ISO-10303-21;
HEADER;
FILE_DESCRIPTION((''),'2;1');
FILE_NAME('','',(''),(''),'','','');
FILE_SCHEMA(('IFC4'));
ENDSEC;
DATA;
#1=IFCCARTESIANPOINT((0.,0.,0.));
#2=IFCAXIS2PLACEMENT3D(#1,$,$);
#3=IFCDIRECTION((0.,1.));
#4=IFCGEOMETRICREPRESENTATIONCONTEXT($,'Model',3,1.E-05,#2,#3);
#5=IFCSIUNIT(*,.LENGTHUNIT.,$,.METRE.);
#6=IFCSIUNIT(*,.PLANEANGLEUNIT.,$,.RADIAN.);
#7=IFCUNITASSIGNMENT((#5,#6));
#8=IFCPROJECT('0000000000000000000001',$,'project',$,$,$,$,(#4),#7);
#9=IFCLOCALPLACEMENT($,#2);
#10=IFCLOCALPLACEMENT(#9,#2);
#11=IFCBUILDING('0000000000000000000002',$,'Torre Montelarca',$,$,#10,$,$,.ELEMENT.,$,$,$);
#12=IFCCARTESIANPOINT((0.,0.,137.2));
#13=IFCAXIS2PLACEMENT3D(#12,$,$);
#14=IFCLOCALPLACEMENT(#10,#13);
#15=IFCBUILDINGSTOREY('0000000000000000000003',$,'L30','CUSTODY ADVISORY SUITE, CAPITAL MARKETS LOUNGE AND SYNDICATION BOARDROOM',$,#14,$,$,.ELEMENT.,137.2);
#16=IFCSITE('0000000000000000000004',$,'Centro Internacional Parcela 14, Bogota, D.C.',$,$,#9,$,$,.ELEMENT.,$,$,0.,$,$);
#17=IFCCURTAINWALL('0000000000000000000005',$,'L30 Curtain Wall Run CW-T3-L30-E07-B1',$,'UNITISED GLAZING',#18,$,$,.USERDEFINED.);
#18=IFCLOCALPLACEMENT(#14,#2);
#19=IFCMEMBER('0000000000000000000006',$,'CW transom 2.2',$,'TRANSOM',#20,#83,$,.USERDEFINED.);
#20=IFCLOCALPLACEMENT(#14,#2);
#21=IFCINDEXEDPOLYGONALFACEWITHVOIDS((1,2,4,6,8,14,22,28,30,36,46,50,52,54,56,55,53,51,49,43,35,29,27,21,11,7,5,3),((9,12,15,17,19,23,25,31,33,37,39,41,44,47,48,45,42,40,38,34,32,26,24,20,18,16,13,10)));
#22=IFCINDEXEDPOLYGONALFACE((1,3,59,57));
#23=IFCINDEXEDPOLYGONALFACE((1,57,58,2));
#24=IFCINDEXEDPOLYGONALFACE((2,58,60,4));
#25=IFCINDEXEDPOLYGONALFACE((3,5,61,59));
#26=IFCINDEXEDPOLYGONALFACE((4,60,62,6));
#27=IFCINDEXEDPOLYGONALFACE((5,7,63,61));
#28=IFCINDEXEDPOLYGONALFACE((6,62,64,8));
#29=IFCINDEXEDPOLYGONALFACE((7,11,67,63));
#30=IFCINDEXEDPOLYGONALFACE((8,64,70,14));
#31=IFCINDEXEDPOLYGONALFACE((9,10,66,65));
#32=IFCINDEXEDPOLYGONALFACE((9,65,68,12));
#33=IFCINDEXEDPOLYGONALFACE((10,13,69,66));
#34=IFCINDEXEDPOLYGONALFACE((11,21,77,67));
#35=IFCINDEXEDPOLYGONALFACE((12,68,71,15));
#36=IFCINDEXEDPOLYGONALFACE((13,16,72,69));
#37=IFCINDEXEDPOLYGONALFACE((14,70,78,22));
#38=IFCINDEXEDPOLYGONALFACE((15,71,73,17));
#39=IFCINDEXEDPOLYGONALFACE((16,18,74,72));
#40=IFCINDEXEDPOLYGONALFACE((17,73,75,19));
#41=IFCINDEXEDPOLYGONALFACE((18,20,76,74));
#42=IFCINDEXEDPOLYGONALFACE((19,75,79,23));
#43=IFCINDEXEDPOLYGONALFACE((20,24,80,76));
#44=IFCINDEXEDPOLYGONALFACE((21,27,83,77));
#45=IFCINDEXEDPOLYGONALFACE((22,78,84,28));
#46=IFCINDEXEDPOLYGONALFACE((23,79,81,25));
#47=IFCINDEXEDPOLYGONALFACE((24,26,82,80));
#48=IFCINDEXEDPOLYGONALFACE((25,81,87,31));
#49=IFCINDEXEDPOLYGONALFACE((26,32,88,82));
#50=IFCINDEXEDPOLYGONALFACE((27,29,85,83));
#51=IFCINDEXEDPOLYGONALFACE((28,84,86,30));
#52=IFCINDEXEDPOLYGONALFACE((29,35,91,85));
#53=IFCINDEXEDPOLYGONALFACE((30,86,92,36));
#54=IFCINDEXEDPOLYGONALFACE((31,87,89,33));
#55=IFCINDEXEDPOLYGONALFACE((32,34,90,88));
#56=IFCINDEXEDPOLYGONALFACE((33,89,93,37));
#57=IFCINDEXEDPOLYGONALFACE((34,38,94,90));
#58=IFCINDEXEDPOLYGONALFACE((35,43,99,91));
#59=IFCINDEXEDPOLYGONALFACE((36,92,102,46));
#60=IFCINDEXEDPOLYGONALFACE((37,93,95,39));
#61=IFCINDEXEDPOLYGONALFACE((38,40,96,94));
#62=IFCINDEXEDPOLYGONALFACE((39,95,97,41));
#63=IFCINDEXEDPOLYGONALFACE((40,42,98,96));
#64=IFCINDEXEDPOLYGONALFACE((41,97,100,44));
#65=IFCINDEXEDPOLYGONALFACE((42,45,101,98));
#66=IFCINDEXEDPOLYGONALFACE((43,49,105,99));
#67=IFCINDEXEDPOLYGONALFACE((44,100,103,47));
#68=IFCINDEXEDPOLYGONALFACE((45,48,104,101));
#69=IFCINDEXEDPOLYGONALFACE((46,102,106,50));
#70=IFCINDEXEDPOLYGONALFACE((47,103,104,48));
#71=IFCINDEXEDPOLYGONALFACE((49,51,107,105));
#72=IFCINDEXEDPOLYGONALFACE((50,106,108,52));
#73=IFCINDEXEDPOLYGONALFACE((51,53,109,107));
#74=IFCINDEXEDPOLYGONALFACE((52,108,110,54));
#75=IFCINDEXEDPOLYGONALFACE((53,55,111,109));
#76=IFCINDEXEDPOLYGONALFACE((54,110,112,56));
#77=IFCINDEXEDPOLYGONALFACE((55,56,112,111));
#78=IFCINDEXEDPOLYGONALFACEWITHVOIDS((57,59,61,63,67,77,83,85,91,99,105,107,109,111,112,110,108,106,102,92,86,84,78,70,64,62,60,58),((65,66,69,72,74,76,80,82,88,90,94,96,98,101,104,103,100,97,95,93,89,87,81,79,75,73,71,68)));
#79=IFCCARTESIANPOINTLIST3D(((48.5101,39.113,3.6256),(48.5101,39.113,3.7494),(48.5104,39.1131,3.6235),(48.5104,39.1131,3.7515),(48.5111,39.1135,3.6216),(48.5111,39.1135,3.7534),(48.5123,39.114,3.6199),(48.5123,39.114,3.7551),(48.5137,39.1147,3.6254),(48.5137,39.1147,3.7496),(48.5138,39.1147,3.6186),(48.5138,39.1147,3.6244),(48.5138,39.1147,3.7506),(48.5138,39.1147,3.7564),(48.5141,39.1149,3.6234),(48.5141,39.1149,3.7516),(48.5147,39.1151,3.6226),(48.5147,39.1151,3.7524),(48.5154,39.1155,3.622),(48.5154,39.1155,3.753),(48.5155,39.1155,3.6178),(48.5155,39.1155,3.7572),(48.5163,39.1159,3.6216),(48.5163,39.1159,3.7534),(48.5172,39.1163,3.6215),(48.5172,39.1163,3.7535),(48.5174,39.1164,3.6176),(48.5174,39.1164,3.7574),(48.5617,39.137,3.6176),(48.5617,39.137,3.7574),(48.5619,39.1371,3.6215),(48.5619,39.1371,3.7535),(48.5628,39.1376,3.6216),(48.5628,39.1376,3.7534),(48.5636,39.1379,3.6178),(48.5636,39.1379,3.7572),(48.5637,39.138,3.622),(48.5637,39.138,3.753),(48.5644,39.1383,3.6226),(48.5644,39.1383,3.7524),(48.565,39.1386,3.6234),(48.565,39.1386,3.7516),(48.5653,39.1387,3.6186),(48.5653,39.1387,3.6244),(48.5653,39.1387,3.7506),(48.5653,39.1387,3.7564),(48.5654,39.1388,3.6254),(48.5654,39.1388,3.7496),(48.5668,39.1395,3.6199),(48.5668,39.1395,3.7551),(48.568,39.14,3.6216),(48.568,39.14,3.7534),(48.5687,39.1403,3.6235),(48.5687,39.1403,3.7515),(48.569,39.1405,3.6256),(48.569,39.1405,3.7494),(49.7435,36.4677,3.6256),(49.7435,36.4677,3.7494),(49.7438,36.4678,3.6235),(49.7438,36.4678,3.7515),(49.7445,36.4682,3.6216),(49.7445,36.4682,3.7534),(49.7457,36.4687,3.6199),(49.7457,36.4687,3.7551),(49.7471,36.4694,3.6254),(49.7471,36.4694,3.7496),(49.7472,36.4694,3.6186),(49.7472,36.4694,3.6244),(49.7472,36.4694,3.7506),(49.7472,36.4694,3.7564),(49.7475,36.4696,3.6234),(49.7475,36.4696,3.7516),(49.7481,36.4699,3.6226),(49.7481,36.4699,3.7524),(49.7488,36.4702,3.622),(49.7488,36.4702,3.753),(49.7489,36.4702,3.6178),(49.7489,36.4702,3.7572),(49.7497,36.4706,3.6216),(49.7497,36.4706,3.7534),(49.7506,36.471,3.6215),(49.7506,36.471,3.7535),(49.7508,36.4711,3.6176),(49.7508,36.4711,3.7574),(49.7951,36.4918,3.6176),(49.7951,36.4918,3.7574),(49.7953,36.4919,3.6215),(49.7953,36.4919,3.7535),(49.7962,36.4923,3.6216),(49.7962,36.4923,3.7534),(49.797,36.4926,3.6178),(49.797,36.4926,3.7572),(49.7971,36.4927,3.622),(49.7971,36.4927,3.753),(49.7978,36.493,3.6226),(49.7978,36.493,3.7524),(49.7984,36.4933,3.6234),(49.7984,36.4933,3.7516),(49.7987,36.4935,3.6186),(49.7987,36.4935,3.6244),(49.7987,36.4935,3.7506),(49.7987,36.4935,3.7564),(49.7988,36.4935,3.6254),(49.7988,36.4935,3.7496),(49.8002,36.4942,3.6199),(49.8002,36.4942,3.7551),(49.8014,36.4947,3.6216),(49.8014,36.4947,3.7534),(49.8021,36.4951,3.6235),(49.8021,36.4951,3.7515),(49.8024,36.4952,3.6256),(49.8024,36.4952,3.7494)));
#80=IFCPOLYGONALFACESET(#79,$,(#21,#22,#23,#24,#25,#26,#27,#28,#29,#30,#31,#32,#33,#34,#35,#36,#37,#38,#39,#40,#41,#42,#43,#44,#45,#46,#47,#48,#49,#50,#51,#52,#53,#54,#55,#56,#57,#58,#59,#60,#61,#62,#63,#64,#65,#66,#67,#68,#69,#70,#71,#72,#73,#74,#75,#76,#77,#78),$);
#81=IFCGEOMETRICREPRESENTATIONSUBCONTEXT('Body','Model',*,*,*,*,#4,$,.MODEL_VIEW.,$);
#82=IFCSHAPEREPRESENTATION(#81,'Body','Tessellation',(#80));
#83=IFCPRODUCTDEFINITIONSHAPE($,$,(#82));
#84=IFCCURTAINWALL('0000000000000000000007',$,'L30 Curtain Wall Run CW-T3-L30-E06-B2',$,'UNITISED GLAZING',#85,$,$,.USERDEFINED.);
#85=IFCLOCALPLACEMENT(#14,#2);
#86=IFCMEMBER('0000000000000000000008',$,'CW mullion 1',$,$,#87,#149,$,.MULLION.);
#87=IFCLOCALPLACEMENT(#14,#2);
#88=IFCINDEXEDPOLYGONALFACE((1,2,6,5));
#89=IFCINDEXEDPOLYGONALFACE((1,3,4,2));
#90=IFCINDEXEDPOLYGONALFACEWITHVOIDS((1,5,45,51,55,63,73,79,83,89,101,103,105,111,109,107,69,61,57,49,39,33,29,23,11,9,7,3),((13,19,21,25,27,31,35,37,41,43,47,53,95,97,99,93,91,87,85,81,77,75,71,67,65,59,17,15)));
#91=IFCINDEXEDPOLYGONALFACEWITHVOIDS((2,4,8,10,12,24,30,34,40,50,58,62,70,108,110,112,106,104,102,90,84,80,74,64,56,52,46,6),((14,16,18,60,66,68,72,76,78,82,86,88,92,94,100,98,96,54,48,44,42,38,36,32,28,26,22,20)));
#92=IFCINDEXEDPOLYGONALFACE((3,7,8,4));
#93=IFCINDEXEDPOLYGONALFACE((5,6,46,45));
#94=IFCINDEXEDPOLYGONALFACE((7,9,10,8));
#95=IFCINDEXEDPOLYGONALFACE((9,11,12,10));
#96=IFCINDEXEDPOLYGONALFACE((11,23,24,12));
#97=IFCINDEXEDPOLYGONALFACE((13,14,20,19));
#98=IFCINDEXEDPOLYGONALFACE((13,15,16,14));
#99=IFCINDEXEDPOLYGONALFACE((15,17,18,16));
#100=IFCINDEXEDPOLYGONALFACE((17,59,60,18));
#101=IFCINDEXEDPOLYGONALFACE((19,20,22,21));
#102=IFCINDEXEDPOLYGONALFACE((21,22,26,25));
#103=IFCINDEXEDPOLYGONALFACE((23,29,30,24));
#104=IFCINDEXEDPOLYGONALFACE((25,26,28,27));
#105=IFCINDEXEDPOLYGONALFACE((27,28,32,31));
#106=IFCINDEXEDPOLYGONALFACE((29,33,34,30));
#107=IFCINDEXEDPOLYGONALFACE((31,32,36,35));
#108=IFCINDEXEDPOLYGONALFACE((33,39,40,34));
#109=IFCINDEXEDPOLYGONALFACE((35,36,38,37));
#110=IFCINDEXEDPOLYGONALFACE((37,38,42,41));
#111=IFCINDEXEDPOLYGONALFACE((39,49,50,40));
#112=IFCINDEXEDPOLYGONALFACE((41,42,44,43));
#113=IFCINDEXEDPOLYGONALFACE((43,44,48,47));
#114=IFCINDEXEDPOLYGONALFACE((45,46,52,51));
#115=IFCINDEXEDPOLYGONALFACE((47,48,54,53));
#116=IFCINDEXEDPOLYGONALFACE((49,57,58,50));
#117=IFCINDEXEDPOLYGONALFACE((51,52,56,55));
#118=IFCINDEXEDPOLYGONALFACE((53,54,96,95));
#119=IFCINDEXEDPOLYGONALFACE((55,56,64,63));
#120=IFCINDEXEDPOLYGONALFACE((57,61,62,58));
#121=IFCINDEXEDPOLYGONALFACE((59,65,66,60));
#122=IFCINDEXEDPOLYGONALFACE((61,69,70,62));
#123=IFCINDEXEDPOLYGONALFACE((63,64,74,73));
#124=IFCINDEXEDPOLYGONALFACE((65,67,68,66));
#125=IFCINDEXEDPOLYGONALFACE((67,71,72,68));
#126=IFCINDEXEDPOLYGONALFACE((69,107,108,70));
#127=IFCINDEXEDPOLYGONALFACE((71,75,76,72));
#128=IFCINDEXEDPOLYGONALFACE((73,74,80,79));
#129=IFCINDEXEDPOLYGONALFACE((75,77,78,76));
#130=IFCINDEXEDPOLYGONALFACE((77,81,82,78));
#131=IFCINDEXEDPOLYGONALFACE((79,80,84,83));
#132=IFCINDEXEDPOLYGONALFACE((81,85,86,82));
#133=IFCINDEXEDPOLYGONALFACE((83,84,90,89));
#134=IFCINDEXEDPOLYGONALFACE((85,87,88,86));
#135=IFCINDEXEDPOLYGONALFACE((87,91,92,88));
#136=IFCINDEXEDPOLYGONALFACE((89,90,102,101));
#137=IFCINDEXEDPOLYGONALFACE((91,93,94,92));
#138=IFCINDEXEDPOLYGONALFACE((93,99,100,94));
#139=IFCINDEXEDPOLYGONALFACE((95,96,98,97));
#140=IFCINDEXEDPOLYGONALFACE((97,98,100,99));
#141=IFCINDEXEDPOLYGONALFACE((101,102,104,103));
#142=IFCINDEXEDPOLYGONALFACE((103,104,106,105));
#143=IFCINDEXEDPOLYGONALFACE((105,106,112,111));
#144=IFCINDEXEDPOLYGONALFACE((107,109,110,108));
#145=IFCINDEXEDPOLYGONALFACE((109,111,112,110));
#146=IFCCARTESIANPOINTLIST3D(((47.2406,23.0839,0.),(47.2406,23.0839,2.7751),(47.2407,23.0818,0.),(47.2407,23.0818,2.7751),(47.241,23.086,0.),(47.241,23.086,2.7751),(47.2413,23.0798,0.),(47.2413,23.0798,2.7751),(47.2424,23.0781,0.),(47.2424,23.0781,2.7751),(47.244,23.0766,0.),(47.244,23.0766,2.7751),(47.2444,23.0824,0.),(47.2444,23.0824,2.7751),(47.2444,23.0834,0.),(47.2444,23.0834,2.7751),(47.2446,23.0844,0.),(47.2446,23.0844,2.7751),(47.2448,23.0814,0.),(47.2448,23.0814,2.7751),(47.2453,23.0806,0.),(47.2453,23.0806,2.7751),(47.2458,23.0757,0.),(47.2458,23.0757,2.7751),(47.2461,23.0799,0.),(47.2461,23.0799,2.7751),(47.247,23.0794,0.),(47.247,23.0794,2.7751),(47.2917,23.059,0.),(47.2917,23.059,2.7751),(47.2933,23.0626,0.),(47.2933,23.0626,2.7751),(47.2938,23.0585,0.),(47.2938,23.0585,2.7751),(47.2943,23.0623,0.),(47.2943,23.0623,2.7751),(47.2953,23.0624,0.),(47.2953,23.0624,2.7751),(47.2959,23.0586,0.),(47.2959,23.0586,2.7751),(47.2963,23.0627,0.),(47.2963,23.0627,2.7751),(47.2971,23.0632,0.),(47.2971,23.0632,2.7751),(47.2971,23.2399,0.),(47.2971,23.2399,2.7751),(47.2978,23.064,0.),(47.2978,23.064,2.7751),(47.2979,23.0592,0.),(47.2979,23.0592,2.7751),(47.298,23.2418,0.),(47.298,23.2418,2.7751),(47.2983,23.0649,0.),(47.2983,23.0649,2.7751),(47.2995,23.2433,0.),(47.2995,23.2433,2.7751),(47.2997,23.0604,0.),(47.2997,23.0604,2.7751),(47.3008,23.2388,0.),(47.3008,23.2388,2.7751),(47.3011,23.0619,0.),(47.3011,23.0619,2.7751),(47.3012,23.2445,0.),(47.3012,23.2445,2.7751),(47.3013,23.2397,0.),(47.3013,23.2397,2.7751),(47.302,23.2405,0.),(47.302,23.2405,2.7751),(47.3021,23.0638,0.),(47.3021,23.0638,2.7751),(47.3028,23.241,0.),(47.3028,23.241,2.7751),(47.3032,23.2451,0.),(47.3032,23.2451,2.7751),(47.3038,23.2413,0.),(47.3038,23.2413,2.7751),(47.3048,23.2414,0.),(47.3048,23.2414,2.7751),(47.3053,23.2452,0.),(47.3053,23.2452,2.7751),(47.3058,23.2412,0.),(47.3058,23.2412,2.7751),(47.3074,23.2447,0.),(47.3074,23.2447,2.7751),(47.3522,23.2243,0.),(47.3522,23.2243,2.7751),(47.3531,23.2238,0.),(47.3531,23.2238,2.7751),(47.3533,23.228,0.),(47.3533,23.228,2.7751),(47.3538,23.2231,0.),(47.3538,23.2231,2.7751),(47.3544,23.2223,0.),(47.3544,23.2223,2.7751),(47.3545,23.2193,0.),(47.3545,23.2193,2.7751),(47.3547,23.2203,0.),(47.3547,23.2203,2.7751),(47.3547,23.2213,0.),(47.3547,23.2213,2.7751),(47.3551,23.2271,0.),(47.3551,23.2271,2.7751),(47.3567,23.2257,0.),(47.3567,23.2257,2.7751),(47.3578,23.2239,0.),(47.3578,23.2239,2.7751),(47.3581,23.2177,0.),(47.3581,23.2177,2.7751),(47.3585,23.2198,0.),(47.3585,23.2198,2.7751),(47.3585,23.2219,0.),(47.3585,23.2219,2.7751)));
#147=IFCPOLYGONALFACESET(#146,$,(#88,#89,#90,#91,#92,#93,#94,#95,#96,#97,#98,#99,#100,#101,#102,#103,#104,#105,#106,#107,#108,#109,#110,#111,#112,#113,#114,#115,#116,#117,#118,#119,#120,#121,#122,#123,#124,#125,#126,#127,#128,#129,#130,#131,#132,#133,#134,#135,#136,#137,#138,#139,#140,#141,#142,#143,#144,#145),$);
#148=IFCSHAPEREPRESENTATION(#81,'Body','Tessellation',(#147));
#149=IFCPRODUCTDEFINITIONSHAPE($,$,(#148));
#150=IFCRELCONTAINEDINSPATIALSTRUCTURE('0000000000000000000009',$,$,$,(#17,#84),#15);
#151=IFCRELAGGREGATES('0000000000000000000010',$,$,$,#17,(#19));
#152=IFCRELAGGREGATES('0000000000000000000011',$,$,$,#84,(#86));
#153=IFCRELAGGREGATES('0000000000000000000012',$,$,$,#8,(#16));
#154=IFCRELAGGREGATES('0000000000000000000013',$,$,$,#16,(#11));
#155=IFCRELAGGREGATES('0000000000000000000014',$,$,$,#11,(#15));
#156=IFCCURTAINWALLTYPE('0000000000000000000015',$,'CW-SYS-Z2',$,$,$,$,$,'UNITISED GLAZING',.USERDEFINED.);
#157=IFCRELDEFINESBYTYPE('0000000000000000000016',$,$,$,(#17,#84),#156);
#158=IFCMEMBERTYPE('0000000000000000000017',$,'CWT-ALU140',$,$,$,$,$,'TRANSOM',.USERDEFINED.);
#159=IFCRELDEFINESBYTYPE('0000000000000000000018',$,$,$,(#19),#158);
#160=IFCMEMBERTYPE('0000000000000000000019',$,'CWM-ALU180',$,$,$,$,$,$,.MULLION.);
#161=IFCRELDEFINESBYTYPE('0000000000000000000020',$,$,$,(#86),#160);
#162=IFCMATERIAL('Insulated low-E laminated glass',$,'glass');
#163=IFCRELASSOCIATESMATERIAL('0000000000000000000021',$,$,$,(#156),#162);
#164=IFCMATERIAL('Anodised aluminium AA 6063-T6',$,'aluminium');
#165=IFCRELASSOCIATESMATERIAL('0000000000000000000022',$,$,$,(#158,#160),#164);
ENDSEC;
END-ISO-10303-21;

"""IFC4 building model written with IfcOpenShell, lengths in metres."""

from ifc_helpers import new_model, si_unit, direction, frame, origin, origin_2d, place, context, subcontext, project, spatial, hollow_rectangle, extrude, source, transform, mapped, material, material_profile, profile_set, type_object, element, aggregate, save


model = new_model("IFC4")

# Units and contexts
model_context = context("Model", 3, precision=1e-05, world=origin(), true_north=direction((0.0, 1.0)))
body_context = subcontext(model_context, "Body", "Model", "MODEL_VIEW")
ifc_project = project(units=[si_unit("LENGTHUNIT", "METRE"), si_unit("PLANEANGLEUNIT", "RADIAN")], contexts=[model_context])

# Site, building, storey
site_placement = place(None, origin())
site = spatial("IfcSite", under=ifc_project, at=site_placement, Name="Centro Internacional Parcela 14, Bogota, D.C.", CompositionType="ELEMENT", RefElevation=0.0)
building_placement = place(site_placement, origin())
building = spatial("IfcBuilding", under=site, at=building_placement, Name="Torre Montelarca", CompositionType="ELEMENT")
storey_placement = place(building_placement, frame((0.0, 0.0, 137.2)))
storey = spatial("IfcBuildingStorey", under=building, at=storey_placement, Name="L30", Description="CUSTODY ADVISORY SUITE, CAPITAL MARKETS LOUNGE AND SYNDICATION BOARDROOM", CompositionType="ELEMENT", Elevation=137.2)

# Curtain walls, members
ifc_material_1 = material(Name="Insulated low-E laminated glass", Category="glass")
curtain_wall_type = type_object("IfcCurtainWallType", Name="CW-SYS-Z2", ElementType="UNITISED GLAZING", PredefinedType="USERDEFINED", material=ifc_material_1)
curtain_wall_1_placement = place(storey_placement, origin())
curtain_wall_1 = element("IfcCurtainWall", 1, at=curtain_wall_1_placement, inside=storey, type_object=curtain_wall_type, Name="L30 Curtain Wall Run CW-T3-L30-E07-B1", ObjectType="UNITISED GLAZING", PredefinedType="USERDEFINED")
ifc_material_2 = material(Name="Anodised aluminium AA 6063-T6", Category="aluminium")
ifc_material_profile_1 = material_profile(ifc_material_2, hollow_rectangle(XDim=0.0649, YDim=0.1399, WallThickness=0.0039, InnerFilletRadius=0.0039, OuterFilletRadius=0.0081, at=origin_2d()), Name="ALU65X140X4", Category="aluminium")
ifc_profile_set_1 = profile_set([ifc_material_profile_1], Name="Anodised aluminium AA 6063-T6")
member_type_1 = type_object("IfcMemberType", Name="CWT-ALU140", ElementType="TRANSOM", PredefinedType="USERDEFINED", material=ifc_profile_set_1)
shared_shape_1 = source(origin(), body_context, "Body", "SweptSolid", [
    extrude(hollow_rectangle(XDim=0.0649, YDim=0.1399, WallThickness=0.0039, InnerFilletRadius=0.0039, OuterFilletRadius=0.0081, at=origin_2d()), origin(), (0.0, 0.0, 1.0), 2.9187),
])
member_1_placement = place(storey_placement, frame((49.7729, 36.4814, 3.6875), z_axis=(-0.422588, 0.906322, 0.0), x_axis=(-0.906322, -0.422588, 0.0)))
member_1 = element("IfcMember", 2, at=member_1_placement, type_object=member_type_1, Name="CW transom 2.2", ObjectType="TRANSOM", PredefinedType="USERDEFINED", context=body_context, shape_type="MappedRepresentation", body=[
    mapped(shared_shape_1, transform((0.0, 0.0, 0.0), scale=1.0)),
])
curtain_wall_2_placement = place(storey_placement, origin())
curtain_wall_2 = element("IfcCurtainWall", 3, at=curtain_wall_2_placement, inside=storey, type_object=curtain_wall_type, Name="L30 Curtain Wall Run CW-T3-L30-E06-B2", ObjectType="UNITISED GLAZING", PredefinedType="USERDEFINED")
ifc_material_profile_2 = material_profile(ifc_material_2, hollow_rectangle(XDim=0.0649, YDim=0.1799, WallThickness=0.0039, InnerFilletRadius=0.0039, OuterFilletRadius=0.0081, at=origin_2d()), Name="ALU65X180X4", Category="aluminium")
ifc_profile_set_2 = profile_set([ifc_material_profile_2], Name="Anodised aluminium AA 6063-T6")
member_type_2 = type_object("IfcMemberType", Name="CWM-ALU180", PredefinedType="MULLION", material=ifc_profile_set_2)
shared_shape_2 = source(origin(), body_context, "Body", "SweptSolid", [
    extrude(hollow_rectangle(XDim=0.0649, YDim=0.1799, WallThickness=0.0039, InnerFilletRadius=0.0039, OuterFilletRadius=0.0081, at=origin_2d()), origin(), (0.0, 0.0, 1.0), 2.7751),
])
member_2_placement = place(storey_placement, frame((47.2996, 23.1519, 0.0), z_axis=(0.0, 0.0, 1.0), x_axis=(-0.939692, 0.342022, 0.0)))
member_2 = element("IfcMember", 4, at=member_2_placement, type_object=member_type_2, Name="CW mullion 1", PredefinedType="MULLION", context=body_context, shape_type="MappedRepresentation", body=[
    mapped(shared_shape_2, transform((0.0, 0.0, 0.0), scale=1.0)),
])

aggregate(curtain_wall_1, [member_1])
aggregate(curtain_wall_2, [member_2])

save(model, "model.ifc")
